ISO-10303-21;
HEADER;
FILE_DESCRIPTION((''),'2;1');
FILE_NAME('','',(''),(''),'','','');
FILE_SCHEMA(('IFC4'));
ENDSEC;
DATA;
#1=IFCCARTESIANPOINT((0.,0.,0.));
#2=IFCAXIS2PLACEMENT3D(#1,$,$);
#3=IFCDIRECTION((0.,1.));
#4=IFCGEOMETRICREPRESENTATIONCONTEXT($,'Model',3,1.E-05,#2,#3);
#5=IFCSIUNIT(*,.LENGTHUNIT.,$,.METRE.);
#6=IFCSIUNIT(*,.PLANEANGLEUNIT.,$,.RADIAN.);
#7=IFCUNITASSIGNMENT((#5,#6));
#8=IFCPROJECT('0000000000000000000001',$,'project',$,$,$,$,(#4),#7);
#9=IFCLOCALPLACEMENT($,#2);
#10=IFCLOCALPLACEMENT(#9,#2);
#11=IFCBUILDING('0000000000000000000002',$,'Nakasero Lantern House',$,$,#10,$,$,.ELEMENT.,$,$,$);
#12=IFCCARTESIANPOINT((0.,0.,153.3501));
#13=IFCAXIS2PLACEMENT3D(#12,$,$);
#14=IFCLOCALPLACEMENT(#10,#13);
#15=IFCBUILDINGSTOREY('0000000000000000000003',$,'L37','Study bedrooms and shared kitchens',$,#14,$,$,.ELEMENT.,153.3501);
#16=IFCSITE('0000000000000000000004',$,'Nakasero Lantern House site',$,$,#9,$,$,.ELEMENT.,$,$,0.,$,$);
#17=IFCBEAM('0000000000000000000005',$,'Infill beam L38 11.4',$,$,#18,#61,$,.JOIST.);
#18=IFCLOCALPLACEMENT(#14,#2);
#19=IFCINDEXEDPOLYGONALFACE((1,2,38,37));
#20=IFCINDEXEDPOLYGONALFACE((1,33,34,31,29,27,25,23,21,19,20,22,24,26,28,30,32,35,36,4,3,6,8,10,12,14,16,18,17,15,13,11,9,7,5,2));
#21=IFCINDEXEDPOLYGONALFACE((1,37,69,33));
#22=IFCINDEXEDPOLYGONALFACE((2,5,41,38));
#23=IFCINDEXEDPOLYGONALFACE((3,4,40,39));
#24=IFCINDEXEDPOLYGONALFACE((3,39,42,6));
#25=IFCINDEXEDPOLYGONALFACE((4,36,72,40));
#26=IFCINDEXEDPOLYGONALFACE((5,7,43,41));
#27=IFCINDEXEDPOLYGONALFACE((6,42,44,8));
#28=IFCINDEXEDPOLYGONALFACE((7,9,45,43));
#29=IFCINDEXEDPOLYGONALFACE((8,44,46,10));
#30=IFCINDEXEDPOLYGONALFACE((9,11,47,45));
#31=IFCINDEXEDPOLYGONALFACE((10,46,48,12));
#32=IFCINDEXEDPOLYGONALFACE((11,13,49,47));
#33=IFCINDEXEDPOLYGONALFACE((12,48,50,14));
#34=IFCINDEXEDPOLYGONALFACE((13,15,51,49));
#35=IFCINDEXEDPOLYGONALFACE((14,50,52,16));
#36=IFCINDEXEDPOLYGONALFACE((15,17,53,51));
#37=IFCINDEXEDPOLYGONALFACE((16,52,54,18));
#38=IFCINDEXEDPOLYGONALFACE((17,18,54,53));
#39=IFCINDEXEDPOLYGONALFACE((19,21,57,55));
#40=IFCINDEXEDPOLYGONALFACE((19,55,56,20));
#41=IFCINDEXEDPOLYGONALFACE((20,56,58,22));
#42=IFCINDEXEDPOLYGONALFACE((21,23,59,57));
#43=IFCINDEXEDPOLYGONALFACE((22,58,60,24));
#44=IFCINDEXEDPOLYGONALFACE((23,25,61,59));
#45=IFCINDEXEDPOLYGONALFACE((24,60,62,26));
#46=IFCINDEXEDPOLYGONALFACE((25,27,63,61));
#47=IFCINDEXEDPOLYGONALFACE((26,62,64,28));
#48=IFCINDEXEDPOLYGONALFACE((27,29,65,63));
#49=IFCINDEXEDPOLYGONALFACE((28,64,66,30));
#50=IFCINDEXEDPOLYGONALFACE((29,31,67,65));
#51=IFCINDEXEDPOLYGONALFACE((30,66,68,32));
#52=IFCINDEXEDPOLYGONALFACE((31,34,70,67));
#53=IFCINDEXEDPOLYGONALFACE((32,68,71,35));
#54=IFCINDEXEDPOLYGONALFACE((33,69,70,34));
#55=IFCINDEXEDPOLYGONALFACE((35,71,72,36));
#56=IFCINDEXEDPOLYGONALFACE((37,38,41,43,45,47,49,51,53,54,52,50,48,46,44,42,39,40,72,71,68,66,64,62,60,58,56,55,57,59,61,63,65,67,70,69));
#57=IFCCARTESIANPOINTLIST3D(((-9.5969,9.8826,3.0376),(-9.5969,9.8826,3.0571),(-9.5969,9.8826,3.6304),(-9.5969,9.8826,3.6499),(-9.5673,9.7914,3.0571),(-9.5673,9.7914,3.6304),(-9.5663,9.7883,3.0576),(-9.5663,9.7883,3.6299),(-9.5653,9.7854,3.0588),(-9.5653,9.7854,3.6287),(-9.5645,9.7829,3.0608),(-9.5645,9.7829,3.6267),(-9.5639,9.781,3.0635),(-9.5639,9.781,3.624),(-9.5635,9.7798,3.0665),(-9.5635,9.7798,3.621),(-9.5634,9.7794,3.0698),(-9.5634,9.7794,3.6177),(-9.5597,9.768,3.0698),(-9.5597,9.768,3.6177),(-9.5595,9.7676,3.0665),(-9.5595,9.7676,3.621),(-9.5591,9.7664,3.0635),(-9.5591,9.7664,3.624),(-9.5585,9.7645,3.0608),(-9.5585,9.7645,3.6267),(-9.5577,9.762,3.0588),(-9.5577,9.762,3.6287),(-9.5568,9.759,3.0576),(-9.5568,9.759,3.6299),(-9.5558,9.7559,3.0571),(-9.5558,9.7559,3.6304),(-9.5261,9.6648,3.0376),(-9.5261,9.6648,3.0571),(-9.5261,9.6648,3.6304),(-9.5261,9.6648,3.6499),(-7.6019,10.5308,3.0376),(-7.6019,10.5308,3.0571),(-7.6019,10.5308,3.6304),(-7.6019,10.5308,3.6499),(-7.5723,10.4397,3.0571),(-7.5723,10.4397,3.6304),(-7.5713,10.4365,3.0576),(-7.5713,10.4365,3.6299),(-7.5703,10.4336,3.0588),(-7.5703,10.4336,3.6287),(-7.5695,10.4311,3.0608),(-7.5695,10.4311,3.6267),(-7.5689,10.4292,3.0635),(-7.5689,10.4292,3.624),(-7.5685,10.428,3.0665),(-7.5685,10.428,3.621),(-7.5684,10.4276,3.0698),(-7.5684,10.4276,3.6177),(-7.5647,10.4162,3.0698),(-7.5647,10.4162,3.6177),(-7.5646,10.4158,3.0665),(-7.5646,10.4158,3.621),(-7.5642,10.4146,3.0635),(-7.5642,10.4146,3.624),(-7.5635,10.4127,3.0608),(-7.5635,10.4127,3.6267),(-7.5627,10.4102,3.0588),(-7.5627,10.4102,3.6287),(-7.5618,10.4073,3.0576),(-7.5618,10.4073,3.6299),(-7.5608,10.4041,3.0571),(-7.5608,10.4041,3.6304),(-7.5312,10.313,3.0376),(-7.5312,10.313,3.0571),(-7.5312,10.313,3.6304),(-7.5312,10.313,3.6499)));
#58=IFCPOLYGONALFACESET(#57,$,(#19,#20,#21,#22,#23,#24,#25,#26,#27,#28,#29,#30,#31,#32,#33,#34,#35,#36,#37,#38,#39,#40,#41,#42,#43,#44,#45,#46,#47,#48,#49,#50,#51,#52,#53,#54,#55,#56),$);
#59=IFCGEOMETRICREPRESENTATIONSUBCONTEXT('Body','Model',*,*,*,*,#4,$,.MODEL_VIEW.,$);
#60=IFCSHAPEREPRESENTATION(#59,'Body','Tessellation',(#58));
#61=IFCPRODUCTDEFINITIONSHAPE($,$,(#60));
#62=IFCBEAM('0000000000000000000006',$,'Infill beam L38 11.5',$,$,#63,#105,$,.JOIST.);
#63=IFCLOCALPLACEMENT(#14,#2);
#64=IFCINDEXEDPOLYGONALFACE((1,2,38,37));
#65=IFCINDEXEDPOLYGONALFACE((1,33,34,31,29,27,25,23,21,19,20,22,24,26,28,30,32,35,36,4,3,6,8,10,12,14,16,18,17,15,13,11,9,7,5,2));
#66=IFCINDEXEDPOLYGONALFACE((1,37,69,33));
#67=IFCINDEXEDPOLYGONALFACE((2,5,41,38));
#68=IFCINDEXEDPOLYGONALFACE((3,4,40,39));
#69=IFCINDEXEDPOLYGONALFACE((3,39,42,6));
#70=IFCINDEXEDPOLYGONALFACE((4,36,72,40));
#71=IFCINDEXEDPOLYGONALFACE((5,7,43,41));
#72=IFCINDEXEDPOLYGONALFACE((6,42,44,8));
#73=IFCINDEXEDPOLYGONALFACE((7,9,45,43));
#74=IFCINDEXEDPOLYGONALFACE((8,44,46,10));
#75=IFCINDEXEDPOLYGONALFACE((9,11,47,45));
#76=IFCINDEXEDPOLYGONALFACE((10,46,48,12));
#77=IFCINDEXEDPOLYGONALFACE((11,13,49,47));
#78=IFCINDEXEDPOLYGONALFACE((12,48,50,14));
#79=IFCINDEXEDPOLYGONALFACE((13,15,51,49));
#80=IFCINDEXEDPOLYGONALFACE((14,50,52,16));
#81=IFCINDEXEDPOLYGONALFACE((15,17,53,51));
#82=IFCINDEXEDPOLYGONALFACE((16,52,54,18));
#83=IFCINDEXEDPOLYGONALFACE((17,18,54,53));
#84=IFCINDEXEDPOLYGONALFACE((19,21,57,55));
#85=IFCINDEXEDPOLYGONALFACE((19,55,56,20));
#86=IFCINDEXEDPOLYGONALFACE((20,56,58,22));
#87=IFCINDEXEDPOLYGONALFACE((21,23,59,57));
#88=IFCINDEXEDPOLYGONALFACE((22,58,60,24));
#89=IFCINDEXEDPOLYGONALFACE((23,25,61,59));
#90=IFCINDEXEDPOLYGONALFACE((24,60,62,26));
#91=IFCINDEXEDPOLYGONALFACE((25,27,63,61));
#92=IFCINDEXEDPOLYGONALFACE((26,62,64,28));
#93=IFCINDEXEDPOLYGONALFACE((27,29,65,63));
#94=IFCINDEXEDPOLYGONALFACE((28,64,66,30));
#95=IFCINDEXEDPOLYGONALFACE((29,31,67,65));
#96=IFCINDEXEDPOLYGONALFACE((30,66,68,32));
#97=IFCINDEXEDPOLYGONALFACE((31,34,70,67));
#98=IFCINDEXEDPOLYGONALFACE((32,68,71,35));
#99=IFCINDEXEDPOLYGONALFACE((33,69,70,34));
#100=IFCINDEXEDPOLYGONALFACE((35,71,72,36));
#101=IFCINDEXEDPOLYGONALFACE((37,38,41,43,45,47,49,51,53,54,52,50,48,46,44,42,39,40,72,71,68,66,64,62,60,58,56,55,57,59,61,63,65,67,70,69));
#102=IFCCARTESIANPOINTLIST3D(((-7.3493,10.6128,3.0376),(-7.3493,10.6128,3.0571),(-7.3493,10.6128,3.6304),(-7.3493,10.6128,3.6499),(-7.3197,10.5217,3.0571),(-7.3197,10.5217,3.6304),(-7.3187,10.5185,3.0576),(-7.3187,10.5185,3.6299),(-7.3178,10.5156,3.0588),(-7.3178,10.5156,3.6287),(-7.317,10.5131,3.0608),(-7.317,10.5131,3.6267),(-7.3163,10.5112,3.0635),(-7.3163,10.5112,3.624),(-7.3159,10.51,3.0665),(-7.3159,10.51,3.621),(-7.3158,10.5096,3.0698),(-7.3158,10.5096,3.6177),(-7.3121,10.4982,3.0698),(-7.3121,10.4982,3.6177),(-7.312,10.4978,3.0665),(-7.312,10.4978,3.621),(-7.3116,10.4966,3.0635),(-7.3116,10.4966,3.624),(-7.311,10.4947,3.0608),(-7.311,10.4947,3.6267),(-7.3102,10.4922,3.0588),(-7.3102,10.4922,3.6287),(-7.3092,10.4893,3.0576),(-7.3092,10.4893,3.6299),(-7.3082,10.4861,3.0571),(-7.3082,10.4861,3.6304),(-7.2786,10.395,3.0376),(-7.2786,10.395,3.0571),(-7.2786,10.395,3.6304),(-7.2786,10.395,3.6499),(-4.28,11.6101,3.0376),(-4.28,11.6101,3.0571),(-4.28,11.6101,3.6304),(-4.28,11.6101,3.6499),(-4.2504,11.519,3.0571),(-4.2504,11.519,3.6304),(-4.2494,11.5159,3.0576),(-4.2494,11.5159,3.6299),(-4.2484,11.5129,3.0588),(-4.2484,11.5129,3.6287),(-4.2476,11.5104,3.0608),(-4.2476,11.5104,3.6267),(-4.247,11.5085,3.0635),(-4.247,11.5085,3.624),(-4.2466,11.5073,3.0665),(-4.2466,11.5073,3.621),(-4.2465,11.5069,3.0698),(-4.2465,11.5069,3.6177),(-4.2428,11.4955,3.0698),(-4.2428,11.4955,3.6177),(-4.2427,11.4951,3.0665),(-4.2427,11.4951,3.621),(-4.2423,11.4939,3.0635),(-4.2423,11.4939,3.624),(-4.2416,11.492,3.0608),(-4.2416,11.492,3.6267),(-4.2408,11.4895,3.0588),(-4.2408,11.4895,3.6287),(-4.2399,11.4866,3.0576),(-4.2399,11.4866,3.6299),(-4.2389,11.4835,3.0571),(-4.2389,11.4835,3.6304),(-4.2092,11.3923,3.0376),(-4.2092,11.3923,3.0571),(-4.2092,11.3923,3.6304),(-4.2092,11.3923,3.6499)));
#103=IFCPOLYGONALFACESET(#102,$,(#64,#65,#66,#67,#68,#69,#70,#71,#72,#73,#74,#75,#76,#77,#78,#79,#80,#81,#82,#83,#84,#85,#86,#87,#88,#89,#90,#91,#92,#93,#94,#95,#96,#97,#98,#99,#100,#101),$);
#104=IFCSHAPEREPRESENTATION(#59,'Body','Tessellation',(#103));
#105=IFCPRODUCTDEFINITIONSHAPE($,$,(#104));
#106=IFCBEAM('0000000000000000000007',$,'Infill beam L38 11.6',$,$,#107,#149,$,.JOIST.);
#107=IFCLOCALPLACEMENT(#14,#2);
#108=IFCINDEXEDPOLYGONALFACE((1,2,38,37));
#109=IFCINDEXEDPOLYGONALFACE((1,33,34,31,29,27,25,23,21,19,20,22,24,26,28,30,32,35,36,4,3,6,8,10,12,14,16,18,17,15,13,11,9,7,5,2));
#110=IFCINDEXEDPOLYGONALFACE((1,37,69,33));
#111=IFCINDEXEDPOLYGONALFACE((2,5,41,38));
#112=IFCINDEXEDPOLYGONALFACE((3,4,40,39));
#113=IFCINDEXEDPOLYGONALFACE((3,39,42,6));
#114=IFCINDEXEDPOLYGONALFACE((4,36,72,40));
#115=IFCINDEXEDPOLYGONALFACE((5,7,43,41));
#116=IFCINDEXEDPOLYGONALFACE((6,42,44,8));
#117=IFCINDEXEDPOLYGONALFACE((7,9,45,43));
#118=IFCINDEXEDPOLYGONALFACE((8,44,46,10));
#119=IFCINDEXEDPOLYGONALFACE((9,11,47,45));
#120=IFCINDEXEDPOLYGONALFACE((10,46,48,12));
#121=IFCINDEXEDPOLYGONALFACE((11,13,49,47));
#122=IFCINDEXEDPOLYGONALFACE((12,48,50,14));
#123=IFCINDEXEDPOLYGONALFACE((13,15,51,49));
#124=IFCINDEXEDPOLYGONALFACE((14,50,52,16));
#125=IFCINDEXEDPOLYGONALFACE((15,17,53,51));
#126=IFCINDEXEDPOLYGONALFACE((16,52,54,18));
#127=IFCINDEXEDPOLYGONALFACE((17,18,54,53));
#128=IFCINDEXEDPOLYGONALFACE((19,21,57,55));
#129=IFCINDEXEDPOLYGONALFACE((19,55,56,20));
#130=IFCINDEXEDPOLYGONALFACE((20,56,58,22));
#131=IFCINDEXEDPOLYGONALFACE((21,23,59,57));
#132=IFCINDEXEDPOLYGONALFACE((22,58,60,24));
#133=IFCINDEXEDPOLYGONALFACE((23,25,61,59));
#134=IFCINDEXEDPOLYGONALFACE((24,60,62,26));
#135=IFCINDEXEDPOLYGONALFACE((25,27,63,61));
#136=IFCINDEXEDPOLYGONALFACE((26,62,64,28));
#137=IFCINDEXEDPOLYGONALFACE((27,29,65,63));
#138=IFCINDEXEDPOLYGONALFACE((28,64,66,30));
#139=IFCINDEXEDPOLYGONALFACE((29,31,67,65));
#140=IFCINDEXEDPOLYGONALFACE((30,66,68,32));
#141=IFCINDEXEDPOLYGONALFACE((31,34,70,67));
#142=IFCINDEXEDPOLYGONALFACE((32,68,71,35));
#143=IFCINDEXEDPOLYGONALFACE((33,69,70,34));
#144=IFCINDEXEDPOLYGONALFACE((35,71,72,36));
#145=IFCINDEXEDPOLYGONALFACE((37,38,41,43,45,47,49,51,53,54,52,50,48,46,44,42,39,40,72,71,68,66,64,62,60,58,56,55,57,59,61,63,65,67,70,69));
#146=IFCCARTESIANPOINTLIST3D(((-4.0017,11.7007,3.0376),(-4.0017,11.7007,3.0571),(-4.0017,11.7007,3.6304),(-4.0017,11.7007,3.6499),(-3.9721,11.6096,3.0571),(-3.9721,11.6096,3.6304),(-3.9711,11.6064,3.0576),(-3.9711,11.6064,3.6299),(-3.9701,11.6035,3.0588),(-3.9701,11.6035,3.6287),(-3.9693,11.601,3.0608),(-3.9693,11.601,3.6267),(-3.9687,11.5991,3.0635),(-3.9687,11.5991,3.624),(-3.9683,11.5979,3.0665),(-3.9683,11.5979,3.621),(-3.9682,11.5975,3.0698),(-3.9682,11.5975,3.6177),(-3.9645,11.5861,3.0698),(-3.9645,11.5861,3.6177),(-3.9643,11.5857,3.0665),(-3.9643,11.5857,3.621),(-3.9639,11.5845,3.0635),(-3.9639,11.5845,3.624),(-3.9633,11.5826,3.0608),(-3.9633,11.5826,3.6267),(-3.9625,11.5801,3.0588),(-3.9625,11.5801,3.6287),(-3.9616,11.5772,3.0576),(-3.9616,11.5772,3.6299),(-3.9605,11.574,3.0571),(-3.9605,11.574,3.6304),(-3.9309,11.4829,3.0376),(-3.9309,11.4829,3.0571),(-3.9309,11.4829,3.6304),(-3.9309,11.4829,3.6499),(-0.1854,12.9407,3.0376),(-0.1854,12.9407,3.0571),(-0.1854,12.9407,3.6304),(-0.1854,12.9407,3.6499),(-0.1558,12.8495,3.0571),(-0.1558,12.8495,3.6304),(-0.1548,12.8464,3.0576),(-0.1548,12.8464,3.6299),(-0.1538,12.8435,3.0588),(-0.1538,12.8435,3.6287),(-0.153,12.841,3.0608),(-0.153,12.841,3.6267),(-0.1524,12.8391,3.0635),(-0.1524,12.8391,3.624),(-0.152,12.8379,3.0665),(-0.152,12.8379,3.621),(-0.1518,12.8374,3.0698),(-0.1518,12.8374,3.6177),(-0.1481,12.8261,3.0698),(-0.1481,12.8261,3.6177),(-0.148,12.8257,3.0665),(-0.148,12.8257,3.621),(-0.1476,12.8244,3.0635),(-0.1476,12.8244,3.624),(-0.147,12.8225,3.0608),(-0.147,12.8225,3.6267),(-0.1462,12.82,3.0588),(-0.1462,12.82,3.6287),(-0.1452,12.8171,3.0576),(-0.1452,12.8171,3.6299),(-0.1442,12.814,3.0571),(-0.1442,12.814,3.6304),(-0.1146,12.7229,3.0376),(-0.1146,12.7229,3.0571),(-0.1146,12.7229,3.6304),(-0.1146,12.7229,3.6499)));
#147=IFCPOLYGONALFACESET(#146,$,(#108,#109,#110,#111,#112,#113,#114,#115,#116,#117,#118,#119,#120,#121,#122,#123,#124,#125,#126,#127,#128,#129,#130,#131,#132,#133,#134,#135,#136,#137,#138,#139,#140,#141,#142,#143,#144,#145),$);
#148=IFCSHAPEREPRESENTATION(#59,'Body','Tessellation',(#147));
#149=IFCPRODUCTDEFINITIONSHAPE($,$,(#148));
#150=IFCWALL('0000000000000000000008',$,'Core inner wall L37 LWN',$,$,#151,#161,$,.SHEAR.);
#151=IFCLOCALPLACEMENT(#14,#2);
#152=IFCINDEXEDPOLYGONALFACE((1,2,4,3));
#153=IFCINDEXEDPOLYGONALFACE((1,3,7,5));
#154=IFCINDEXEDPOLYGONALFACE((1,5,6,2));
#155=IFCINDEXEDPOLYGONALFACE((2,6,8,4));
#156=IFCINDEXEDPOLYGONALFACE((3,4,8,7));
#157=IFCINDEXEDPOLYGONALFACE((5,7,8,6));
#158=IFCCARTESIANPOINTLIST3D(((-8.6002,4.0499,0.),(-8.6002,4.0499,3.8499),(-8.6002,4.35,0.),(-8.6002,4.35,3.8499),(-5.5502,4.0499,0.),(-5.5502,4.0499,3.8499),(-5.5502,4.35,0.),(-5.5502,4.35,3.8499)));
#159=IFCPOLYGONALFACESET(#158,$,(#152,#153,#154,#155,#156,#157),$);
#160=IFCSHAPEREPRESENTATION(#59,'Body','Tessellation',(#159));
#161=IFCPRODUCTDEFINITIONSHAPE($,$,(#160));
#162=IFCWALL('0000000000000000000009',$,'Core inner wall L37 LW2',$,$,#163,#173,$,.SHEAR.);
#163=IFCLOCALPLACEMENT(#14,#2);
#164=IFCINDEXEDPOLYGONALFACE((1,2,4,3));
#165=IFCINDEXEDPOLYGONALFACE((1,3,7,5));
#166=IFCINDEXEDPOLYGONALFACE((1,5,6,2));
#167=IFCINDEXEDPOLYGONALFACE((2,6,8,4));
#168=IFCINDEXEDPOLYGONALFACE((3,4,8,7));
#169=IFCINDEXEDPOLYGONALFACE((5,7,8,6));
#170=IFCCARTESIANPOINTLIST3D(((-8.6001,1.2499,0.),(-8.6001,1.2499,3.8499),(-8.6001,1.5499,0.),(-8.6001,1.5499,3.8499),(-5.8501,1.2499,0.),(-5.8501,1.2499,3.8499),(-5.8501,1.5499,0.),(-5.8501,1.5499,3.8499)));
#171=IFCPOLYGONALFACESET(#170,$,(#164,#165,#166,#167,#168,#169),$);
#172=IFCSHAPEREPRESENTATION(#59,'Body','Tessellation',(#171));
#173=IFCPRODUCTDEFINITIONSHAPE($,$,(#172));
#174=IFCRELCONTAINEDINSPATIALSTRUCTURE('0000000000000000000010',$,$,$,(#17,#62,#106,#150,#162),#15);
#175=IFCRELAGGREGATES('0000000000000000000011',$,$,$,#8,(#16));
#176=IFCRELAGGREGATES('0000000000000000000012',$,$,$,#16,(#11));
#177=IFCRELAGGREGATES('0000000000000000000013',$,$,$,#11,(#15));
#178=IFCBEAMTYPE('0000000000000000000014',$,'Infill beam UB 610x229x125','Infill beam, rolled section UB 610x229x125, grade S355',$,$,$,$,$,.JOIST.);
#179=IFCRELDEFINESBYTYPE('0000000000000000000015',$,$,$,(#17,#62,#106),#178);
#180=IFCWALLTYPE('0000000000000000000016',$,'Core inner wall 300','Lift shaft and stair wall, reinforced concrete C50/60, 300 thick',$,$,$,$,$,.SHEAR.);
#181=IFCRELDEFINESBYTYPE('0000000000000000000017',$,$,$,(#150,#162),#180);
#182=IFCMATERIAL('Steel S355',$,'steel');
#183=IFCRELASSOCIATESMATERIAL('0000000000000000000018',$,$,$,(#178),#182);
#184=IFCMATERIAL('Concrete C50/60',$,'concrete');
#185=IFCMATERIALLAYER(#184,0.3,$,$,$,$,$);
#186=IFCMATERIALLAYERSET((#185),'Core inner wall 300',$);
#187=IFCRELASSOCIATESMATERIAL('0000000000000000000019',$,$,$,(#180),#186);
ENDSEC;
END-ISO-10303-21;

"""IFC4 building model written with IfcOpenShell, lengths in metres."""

from ifc_helpers import new_model, si_unit, direction, frame, frame_2d, origin, origin_2d, place, context, subcontext, project, spatial, rectangle, i_section, extrude, material, layer, layer_set, material_profile, profile_set, type_object, element, save


model = new_model("IFC4")

# Units and contexts
model_context = context("Model", 3, precision=1e-05, world=origin(), true_north=direction((0.0, 1.0)))
body_context = subcontext(model_context, "Body", "Model", "MODEL_VIEW")
ifc_project = project(units=[si_unit("LENGTHUNIT", "METRE"), si_unit("PLANEANGLEUNIT", "RADIAN")], contexts=[model_context])

# Site, building, storey
site_placement = place(None, origin())
site = spatial("IfcSite", under=ifc_project, at=site_placement, Name="Nakasero Lantern House site", CompositionType="ELEMENT", RefElevation=0.0)
building_placement = place(site_placement, origin())
building = spatial("IfcBuilding", under=site, at=building_placement, Name="Nakasero Lantern House", CompositionType="ELEMENT")
storey_placement = place(building_placement, frame((0.0, 0.0, 153.3501)))
storey = spatial("IfcBuildingStorey", under=building, at=storey_placement, Name="L37", Description="Study bedrooms and shared kitchens", CompositionType="ELEMENT", Elevation=153.3501)

# Beams
ifc_material_1 = material(Name="Steel S355", Category="steel")
ifc_material_profile = material_profile(ifc_material_1, i_section(OverallWidth=0.229, OverallDepth=0.6123, WebThickness=0.012, FlangeThickness=0.0195, FilletRadius=0.0127, at=origin_2d()), Name="UB 610x229x125")
ifc_profile_set = profile_set([ifc_material_profile], Name="Steel S355")
beam_type = type_object("IfcBeamType", Name="Infill beam UB 610x229x125", Description="Infill beam, rolled section UB 610x229x125, grade S355", PredefinedType="JOIST", material=ifc_profile_set)
beam_1_placement = place(storey_placement, frame((-9.5615, 9.7737, 3.3438), z_axis=(0.951054, 0.309026, 0.0), x_axis=(-0.309026, 0.951054, 0.0)))
element("IfcBeam", 1, at=beam_1_placement, inside=storey, type_object=beam_type, Name="Infill beam L38 11.4", PredefinedType="JOIST", context=body_context, shape_type="SweptSolid", body=[
    extrude(i_section(OverallWidth=0.229, OverallDepth=0.6123, WebThickness=0.012, FlangeThickness=0.0195, FilletRadius=0.0127, at=origin_2d()), origin(), (0.0, 0.0, 1.0), 2.0977),
])
beam_2_placement = place(storey_placement, frame((-7.314, 10.5039, 3.3438), z_axis=(0.951054, 0.309024, 0.0), x_axis=(-0.309024, 0.951054, 0.0)))
element("IfcBeam", 2, at=beam_2_placement, inside=storey, type_object=beam_type, Name="Infill beam L38 11.5", PredefinedType="JOIST", context=body_context, shape_type="SweptSolid", body=[
    extrude(i_section(OverallWidth=0.229, OverallDepth=0.6123, WebThickness=0.012, FlangeThickness=0.0195, FilletRadius=0.0127, at=origin_2d()), origin(), (0.0, 0.0, 1.0), 3.2273),
])
beam_3_placement = place(storey_placement, frame((-3.9663, 11.5918, 3.3438), z_axis=(0.951059, 0.309009, 0.0), x_axis=(-0.309009, 0.951059, 0.0)))
element("IfcBeam", 3, at=beam_3_placement, inside=storey, type_object=beam_type, Name="Infill beam L38 11.6", PredefinedType="JOIST", context=body_context, shape_type="SweptSolid", body=[
    extrude(i_section(OverallWidth=0.229, OverallDepth=0.6123, WebThickness=0.012, FlangeThickness=0.0195, FilletRadius=0.0127, at=origin_2d()), origin(), (0.0, 0.0, 1.0), 4.0127),
])

# Walls
ifc_material_2 = material(Name="Concrete C50/60", Category="concrete")
ifc_layer_1 = layer(ifc_material_2, 0.3)
ifc_layer_set_1 = layer_set([ifc_layer_1], Name="Core inner wall 300")
wall_type_1 = type_object("IfcWallType", Name="Core inner wall 300", Description="Lift shaft and stair wall, reinforced concrete C50/60, 300 thick", PredefinedType="SHEAR", material=ifc_layer_set_1)
wall_1_placement = place(storey_placement, frame((-8.6001, 4.2, 0.0), z_axis=(0.0, 0.0, 1.0), x_axis=(1.0, 0.0, 0.0)))
element("IfcWall", 4, at=wall_1_placement, inside=storey, type_object=wall_type_1, Name="Core inner wall L37 LWN", PredefinedType="SHEAR", context=body_context, shape_type="SweptSolid", body=[
    extrude(rectangle(XDim=3.05, YDim=0.3, at=frame_2d((1.5249, 0.0))), origin(), (0.0, 0.0, 1.0), 3.8499),
])
wall_2_placement = place(storey_placement, frame((-8.6001, 1.3999, 0.0), z_axis=(0.0, 0.0, 1.0), x_axis=(1.0, 0.0, 0.0)))
element("IfcWall", 5, at=wall_2_placement, inside=storey, type_object=wall_type_1, Name="Core inner wall L37 LW2", PredefinedType="SHEAR", context=body_context, shape_type="SweptSolid", body=[
    extrude(rectangle(XDim=2.75, YDim=0.3, at=frame_2d((1.375, 0.0))), origin(), (0.0, 0.0, 1.0), 3.8499),
])

save(model, "model.ifc")
